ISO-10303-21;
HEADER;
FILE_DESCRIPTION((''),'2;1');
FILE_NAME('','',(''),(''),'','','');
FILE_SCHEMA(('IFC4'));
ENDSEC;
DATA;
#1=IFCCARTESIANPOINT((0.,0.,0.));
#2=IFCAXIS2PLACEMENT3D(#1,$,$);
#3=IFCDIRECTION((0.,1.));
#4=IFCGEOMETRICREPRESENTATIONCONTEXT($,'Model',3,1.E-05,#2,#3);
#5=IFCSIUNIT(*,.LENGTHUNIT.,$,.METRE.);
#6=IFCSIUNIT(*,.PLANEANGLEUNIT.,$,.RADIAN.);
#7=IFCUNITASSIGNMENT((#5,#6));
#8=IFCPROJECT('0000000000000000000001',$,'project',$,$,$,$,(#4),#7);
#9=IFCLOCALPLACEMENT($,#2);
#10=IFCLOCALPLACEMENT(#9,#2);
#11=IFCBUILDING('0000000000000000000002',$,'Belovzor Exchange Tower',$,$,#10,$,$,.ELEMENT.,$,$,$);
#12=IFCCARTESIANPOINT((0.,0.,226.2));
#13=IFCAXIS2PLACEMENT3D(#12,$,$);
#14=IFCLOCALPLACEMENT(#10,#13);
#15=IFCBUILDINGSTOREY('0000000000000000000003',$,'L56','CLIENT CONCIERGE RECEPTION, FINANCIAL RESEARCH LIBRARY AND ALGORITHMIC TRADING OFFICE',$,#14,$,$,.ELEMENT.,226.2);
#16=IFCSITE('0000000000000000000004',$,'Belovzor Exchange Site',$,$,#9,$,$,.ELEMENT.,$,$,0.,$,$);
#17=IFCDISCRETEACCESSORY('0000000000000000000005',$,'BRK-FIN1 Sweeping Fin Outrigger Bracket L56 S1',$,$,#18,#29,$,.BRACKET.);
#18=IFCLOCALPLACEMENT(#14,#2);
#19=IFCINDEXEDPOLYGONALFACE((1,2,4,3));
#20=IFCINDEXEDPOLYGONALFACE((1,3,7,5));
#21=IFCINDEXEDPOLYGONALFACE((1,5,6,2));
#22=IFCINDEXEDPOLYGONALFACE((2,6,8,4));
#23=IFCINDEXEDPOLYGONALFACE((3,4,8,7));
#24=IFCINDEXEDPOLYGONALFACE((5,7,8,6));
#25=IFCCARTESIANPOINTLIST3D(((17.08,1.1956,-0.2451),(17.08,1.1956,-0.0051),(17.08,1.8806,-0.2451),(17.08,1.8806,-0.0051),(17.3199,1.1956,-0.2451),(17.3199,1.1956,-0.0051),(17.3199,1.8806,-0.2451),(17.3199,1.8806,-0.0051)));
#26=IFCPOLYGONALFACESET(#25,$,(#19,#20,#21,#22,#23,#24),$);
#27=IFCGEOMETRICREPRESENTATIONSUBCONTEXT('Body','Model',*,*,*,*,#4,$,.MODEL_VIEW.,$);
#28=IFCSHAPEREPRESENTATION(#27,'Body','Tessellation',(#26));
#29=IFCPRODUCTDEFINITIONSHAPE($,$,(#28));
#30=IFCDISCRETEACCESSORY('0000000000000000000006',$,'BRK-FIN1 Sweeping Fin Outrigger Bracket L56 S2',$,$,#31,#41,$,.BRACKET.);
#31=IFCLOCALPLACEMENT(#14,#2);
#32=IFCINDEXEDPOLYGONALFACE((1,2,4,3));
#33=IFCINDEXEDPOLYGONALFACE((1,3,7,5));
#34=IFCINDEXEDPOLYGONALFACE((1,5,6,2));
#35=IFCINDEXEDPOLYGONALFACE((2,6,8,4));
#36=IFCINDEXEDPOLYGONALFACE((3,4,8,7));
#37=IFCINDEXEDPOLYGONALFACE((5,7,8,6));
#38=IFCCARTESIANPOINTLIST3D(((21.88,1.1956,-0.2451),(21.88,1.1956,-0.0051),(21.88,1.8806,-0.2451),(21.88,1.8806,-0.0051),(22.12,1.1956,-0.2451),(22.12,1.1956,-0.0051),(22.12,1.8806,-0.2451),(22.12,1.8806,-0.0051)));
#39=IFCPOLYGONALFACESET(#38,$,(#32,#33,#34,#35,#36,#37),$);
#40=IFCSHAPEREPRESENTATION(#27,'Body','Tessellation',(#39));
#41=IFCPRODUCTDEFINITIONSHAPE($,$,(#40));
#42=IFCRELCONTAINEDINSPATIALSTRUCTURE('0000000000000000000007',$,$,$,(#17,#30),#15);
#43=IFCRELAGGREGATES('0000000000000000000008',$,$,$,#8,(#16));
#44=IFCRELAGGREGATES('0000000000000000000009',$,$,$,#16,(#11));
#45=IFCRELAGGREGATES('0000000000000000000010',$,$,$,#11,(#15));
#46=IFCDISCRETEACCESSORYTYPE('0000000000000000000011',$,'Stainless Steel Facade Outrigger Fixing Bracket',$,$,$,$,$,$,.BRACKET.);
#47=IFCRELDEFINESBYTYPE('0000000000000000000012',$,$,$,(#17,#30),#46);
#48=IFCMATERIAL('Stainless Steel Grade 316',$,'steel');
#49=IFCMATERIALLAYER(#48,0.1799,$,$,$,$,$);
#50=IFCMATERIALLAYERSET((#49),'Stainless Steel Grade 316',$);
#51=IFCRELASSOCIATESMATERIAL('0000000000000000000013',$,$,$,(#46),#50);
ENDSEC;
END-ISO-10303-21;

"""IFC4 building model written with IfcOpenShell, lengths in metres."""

from ifc_helpers import new_model, si_unit, direction, frame, origin, origin_2d, place, context, subcontext, project, spatial, rectangle, extrude, material, layer, layer_set, type_object, element, save


model = new_model("IFC4")

# Units and contexts
model_context = context("Model", 3, precision=1e-05, world=origin(), true_north=direction((0.0, 1.0)))
body_context = subcontext(model_context, "Body", "Model", "MODEL_VIEW")
ifc_project = project(units=[si_unit("LENGTHUNIT", "METRE"), si_unit("PLANEANGLEUNIT", "RADIAN")], contexts=[model_context])

# Site, building, storey
site_placement = place(None, origin())
site = spatial("IfcSite", under=ifc_project, at=site_placement, Name="Belovzor Exchange Site", CompositionType="ELEMENT", RefElevation=0.0)
building_placement = place(site_placement, origin())
building = spatial("IfcBuilding", under=site, at=building_placement, Name="Belovzor Exchange Tower", CompositionType="ELEMENT")
storey_placement = place(building_placement, frame((0.0, 0.0, 226.2)))
storey = spatial("IfcBuildingStorey", under=building, at=storey_placement, Name="L56", Description="CLIENT CONCIERGE RECEPTION, FINANCIAL RESEARCH LIBRARY AND ALGORITHMIC TRADING OFFICE", CompositionType="ELEMENT", Elevation=226.2)

# Discrete accessories
ifc_material_1 = material(Name="Stainless Steel Grade 316", Category="steel")
ifc_layer_1 = layer(ifc_material_1, 0.1799)
ifc_layer_set_1 = layer_set([ifc_layer_1], Name="Stainless Steel Grade 316")
discrete_accessory_type = type_object("IfcDiscreteAccessoryType", Name="Stainless Steel Facade Outrigger Fixing Bracket", PredefinedType="BRACKET", material=ifc_layer_set_1)
for number, where, z_axis, x_axis, name in (
    (1, (17.2, 1.5381, -0.2451), (0.0, 0.0, 1.0), (0.0, 1.0, 0.0), "BRK-FIN1 Sweeping Fin Outrigger Bracket L56 S1"),
    (2, (22.0, 1.5381, -0.2451), (0.0, 0.0, 1.0), (0.0, 1.0, 0.0), "BRK-FIN1 Sweeping Fin Outrigger Bracket L56 S2"),
):
    element("IfcDiscreteAccessory", number, at=place(storey_placement, frame(where, z_axis=z_axis, x_axis=x_axis)), inside=storey, type_object=discrete_accessory_type, Name=name, PredefinedType="BRACKET", context=body_context, shape_type="SweptSolid", body=[
        extrude(rectangle(XDim=0.6851, YDim=0.24, at=origin_2d()), origin(), (0.0, 0.0, 1.0), 0.24),
    ])

save(model, "model.ifc")
